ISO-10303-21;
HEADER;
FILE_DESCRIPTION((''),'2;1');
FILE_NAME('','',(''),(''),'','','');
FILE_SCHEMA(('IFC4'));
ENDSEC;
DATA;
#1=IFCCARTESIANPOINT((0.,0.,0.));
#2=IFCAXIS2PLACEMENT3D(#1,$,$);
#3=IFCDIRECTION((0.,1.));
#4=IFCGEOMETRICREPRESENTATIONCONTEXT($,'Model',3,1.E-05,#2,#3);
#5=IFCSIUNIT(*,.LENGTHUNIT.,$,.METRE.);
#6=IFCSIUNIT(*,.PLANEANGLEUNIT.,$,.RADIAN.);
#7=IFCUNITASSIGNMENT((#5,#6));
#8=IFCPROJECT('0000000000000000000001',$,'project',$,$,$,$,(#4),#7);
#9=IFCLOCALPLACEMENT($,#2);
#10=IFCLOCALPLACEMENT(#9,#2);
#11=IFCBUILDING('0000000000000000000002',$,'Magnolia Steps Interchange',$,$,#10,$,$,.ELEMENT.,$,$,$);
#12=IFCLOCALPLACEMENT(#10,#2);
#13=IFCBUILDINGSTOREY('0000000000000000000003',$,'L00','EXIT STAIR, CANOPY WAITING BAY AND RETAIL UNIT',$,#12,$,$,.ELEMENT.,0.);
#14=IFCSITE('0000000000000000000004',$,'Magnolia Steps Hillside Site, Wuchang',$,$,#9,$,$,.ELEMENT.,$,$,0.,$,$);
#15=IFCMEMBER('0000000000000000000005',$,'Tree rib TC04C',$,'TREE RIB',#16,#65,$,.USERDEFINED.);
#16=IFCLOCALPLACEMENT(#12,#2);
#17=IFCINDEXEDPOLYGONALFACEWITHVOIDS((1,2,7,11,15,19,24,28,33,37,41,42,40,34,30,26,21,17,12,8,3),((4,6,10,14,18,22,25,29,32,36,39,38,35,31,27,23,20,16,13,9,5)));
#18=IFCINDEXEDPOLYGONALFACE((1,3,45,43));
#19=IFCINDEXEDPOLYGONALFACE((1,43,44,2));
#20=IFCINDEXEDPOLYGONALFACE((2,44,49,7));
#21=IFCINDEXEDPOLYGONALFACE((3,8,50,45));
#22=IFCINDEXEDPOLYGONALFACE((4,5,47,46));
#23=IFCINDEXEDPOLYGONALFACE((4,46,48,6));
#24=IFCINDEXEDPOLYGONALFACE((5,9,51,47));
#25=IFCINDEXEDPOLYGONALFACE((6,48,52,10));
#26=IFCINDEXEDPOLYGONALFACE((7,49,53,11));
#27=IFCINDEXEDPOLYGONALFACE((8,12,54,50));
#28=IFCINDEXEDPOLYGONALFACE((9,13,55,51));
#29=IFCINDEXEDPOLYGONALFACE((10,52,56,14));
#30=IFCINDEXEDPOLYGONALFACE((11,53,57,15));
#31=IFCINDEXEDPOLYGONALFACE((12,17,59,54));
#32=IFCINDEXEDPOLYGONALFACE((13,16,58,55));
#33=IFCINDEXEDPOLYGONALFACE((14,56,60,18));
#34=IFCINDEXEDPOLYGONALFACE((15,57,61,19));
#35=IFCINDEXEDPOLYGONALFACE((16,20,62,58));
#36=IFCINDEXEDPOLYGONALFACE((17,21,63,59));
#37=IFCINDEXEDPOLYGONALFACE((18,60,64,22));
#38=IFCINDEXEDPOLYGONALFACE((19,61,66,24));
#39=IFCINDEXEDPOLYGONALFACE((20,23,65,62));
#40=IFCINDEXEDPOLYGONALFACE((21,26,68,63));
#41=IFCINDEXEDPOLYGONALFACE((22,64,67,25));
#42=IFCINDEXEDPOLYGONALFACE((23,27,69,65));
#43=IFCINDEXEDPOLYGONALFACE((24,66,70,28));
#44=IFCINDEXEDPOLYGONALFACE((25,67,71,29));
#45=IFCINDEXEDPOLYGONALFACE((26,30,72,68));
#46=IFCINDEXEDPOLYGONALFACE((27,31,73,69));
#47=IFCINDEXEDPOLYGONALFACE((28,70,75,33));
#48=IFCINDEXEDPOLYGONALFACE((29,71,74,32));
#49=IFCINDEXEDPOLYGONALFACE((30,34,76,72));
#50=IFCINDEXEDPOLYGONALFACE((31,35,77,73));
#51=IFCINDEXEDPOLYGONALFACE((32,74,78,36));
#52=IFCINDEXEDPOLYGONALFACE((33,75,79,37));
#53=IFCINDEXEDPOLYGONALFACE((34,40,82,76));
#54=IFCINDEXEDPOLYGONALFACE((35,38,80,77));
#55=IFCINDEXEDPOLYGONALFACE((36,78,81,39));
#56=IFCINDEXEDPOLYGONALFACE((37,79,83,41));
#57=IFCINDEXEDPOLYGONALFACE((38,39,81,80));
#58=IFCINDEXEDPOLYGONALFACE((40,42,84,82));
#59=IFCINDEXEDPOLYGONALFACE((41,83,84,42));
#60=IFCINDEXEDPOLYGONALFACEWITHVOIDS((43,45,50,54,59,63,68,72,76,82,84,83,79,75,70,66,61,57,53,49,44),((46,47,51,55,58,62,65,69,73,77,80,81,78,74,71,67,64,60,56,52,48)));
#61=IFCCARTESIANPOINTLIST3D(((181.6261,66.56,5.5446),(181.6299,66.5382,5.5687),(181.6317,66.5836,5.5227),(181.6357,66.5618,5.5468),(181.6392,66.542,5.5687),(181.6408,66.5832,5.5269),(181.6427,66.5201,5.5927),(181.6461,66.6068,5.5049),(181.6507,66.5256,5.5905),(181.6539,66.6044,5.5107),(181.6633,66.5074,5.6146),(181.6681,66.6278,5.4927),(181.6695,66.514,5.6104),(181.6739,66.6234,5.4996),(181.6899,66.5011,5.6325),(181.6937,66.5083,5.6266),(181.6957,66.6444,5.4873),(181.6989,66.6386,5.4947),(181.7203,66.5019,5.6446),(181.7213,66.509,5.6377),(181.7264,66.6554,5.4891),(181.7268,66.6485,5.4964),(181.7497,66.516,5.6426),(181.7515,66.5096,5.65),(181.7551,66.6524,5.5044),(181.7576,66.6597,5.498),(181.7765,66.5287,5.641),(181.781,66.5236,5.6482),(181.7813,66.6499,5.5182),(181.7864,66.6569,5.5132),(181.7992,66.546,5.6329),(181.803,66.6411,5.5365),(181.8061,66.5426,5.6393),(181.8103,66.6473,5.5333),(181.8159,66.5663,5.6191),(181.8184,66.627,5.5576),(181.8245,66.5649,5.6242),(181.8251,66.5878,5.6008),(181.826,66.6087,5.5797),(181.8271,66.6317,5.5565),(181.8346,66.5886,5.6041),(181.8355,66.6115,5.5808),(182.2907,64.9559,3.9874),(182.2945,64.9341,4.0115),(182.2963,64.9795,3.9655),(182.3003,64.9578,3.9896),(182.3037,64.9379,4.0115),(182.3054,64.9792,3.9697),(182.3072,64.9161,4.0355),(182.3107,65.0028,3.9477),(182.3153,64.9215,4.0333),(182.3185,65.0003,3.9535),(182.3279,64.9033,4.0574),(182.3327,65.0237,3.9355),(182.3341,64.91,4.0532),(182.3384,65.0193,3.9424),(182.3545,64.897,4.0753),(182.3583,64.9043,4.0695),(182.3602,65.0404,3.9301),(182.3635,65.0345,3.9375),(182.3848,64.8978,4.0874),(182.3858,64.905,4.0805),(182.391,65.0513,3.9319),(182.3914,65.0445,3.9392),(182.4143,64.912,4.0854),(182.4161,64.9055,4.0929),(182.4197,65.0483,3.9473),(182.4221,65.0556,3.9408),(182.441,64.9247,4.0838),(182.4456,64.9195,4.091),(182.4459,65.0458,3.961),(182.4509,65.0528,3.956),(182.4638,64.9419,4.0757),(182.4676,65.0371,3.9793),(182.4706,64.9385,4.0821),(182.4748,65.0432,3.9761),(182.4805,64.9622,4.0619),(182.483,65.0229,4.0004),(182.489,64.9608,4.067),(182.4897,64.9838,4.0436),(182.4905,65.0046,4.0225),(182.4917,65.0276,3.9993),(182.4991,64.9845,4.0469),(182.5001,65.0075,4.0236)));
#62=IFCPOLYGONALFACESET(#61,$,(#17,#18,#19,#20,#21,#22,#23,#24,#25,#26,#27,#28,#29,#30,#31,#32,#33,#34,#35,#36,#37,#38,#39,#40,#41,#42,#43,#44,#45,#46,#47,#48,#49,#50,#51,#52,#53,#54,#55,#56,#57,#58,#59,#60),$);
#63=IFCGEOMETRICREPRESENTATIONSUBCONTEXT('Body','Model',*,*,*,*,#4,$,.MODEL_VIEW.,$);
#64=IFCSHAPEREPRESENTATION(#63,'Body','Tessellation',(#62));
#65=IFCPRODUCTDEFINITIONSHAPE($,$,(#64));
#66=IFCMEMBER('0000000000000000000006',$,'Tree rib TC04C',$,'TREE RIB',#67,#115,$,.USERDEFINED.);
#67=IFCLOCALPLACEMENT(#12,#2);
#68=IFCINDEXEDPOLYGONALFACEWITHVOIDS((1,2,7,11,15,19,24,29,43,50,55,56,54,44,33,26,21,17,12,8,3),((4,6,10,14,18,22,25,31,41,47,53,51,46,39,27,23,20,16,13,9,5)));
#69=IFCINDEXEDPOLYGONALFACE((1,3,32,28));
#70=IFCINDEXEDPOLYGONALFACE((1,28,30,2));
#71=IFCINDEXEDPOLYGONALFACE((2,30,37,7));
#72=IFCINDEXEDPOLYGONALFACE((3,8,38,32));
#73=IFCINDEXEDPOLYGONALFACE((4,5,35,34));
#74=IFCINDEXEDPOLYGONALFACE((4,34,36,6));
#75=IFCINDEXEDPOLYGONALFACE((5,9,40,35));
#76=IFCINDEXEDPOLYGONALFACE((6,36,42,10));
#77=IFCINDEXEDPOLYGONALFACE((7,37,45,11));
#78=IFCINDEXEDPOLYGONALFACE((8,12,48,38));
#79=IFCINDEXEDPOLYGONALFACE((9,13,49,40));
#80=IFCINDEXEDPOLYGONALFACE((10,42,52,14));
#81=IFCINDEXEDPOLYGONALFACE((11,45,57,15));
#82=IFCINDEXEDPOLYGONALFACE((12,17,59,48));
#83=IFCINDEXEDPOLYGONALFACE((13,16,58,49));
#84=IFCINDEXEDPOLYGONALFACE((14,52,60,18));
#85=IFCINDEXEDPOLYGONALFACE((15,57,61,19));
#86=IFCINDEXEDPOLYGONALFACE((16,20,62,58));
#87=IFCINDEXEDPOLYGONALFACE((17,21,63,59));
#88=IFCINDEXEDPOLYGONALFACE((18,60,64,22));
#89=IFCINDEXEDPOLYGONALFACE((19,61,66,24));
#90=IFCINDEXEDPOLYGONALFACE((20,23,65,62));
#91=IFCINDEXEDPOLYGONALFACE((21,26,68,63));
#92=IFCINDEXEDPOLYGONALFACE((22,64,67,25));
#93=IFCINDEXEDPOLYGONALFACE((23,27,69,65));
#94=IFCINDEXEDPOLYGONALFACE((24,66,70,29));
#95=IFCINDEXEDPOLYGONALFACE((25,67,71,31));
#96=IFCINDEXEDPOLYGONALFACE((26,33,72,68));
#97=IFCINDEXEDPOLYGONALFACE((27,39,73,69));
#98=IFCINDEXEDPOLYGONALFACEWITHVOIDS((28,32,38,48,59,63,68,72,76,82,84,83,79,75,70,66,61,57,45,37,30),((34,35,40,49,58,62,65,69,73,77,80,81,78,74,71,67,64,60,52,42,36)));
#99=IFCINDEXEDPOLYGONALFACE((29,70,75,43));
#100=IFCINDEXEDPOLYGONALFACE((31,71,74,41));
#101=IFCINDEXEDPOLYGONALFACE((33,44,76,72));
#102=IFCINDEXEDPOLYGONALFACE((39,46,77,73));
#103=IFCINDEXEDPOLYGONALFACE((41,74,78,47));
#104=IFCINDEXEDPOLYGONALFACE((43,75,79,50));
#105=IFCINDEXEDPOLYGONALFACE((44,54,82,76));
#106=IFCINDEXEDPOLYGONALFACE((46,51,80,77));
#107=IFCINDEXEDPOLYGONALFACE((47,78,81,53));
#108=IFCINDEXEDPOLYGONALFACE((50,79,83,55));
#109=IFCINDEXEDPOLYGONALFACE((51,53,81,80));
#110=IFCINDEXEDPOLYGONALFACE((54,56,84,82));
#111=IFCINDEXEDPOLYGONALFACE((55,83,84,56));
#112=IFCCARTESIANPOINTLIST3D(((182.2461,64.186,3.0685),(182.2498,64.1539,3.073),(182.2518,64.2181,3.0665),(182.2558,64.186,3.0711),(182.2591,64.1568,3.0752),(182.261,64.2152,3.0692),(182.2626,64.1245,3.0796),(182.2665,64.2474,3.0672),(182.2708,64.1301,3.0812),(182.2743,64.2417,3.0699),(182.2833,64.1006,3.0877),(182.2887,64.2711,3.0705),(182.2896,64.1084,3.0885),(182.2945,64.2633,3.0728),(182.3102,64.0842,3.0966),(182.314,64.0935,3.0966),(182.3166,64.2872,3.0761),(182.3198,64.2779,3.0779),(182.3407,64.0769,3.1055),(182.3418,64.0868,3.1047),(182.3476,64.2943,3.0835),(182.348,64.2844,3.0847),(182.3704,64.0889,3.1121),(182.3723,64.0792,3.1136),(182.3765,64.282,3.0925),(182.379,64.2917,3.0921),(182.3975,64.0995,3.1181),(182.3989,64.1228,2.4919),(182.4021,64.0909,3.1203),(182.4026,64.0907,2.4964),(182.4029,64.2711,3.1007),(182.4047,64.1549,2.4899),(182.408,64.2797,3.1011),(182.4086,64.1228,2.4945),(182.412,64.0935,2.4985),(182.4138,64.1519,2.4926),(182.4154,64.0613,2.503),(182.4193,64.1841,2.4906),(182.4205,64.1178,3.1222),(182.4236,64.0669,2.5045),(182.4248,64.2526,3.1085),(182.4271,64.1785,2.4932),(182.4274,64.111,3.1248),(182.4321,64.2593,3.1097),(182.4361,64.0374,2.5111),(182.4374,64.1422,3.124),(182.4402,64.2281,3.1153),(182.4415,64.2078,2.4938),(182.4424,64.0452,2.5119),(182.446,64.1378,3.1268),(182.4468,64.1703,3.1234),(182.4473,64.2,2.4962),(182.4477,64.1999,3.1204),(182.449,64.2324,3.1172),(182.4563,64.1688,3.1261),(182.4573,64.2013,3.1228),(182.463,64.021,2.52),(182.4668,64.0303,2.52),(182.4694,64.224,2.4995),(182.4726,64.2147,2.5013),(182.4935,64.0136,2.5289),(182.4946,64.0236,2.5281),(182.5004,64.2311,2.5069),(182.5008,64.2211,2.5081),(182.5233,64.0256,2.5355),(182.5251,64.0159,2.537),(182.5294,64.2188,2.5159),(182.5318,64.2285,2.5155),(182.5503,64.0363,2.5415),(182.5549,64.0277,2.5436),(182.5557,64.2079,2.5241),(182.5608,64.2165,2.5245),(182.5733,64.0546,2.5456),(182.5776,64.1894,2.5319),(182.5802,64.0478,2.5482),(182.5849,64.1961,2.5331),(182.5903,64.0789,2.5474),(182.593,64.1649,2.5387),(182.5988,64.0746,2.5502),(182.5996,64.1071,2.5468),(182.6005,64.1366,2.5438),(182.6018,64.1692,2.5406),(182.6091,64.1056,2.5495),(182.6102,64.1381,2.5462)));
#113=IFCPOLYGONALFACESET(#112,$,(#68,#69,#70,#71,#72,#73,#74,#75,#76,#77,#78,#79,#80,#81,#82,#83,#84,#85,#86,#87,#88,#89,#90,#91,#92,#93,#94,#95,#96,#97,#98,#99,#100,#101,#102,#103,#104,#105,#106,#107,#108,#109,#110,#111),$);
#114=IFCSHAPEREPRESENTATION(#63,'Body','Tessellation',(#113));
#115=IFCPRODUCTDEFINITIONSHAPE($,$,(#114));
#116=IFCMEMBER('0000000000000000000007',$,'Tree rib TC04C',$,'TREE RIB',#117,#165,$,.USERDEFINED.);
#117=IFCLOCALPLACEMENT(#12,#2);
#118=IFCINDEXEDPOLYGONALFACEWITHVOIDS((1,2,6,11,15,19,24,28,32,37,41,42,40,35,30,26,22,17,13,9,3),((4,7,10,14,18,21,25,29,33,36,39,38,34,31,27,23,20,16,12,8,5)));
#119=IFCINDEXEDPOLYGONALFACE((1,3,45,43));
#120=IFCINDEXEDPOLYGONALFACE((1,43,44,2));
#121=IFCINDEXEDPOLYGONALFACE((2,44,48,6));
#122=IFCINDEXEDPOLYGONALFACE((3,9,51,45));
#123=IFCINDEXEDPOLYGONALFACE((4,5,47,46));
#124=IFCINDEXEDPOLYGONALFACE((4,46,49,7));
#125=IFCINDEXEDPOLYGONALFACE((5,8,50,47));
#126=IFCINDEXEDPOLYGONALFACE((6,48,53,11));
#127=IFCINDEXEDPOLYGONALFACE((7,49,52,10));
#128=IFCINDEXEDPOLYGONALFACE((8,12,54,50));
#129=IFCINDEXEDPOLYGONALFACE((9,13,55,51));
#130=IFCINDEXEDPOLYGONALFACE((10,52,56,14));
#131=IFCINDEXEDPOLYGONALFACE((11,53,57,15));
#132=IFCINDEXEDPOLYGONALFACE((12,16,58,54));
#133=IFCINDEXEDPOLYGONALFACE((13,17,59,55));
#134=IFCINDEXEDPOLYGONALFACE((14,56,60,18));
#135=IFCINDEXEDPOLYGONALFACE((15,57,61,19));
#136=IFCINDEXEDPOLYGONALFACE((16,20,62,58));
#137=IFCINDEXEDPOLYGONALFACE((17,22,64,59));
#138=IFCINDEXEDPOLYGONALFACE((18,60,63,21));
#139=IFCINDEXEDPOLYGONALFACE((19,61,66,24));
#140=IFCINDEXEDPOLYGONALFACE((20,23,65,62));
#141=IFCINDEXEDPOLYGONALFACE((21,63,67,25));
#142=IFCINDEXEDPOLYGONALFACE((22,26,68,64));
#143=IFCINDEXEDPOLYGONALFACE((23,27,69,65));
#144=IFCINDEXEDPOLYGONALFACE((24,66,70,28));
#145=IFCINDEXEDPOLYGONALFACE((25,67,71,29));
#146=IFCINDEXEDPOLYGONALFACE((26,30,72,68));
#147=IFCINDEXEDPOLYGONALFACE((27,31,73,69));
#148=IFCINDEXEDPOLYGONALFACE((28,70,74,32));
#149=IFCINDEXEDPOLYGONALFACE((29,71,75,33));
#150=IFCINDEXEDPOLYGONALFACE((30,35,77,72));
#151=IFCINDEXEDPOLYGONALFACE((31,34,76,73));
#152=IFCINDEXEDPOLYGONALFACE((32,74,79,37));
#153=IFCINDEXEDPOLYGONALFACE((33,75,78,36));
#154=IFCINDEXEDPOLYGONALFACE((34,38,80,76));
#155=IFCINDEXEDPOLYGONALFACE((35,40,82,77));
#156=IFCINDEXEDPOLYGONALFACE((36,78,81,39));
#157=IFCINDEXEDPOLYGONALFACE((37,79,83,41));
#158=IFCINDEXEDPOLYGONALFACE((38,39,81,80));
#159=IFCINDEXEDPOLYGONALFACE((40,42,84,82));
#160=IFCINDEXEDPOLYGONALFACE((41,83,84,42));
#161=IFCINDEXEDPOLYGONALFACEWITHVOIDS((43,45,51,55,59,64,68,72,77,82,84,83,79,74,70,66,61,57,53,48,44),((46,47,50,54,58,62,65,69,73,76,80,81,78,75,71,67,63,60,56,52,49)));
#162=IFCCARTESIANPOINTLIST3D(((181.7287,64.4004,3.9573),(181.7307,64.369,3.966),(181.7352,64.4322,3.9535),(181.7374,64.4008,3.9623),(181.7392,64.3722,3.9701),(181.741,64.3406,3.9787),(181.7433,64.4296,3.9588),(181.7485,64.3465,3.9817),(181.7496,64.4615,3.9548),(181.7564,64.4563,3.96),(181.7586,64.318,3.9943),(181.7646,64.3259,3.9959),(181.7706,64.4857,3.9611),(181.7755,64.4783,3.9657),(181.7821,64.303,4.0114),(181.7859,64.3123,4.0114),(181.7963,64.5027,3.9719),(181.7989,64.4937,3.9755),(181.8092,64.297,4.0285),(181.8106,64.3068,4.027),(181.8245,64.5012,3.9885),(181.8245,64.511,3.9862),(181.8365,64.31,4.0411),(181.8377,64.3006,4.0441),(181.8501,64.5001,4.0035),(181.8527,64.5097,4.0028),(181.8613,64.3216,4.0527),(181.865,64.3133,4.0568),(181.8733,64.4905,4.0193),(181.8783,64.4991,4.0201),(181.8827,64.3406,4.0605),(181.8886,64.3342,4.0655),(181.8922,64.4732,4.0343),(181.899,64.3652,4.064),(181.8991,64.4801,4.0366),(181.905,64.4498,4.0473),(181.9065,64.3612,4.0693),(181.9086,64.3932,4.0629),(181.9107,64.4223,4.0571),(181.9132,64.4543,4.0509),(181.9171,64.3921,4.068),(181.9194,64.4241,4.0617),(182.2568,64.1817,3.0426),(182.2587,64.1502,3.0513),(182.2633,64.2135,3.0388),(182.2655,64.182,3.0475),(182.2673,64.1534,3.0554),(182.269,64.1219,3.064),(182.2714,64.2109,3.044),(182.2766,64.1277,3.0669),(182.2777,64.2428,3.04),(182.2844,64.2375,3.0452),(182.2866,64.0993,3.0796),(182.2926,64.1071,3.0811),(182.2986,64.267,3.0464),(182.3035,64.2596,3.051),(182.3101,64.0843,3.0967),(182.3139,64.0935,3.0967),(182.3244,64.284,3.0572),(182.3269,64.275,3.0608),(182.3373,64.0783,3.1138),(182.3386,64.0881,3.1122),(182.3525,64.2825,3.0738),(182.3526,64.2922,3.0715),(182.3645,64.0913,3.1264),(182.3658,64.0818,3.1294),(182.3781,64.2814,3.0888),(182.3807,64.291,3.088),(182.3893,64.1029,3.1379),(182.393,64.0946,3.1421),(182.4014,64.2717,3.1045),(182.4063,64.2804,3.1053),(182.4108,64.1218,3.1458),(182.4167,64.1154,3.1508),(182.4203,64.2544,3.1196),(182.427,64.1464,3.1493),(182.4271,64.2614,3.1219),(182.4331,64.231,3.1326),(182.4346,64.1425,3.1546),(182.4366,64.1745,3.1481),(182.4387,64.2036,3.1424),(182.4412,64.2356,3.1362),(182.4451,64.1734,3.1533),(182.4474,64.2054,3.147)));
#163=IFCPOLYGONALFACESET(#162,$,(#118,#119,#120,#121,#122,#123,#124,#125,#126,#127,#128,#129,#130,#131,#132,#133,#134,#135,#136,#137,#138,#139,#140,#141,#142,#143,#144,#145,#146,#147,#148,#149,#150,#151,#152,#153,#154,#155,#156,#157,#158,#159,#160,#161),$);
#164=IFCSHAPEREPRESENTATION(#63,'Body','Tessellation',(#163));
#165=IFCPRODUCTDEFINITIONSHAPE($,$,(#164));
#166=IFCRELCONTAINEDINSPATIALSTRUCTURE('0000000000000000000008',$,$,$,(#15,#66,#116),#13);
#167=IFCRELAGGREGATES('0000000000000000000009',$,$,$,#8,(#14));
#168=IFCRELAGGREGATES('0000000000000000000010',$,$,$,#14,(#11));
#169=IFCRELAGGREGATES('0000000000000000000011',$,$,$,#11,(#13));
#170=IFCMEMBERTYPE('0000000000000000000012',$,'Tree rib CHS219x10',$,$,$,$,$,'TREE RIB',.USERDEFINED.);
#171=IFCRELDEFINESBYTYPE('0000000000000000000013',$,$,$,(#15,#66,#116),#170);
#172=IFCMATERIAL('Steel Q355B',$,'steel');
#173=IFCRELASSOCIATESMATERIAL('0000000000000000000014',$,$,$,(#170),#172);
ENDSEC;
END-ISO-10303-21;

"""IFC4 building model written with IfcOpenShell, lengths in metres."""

from ifc_helpers import new_model, si_unit, direction, frame, origin, origin_2d, place, context, subcontext, project, spatial, hollow_circle, extrude, material, material_profile, profile_set, type_object, element, save


model = new_model("IFC4")

# Units and contexts
model_context = context("Model", 3, precision=1e-05, world=origin(), true_north=direction((0.0, 1.0)))
body_context = subcontext(model_context, "Body", "Model", "MODEL_VIEW")
ifc_project = project(units=[si_unit("LENGTHUNIT", "METRE"), si_unit("PLANEANGLEUNIT", "RADIAN")], contexts=[model_context])

# Site, building, storey
site_placement = place(None, origin())
site = spatial("IfcSite", under=ifc_project, at=site_placement, Name="Magnolia Steps Hillside Site, Wuchang", CompositionType="ELEMENT", RefElevation=0.0)
building_placement = place(site_placement, origin())
building = spatial("IfcBuilding", under=site, at=building_placement, Name="Magnolia Steps Interchange", CompositionType="ELEMENT")
storey_placement = place(building_placement, origin())
storey = spatial("IfcBuildingStorey", under=building, at=storey_placement, Name="L00", Description="EXIT STAIR, CANOPY WAITING BAY AND RETAIL UNIT", CompositionType="ELEMENT", Elevation=0.0)

# Members
ifc_material_1 = material(Name="Steel Q355B", Category="steel")
ifc_material_profile_1 = material_profile(ifc_material_1, hollow_circle(Radius=0.1096, WallThickness=0.01, at=origin_2d()), Name="CHS219x10")
ifc_profile_set_1 = profile_set([ifc_material_profile_1], Name="Steel Q355B")
member_type = type_object("IfcMemberType", Name="Tree rib CHS219x10", ElementType="TREE RIB", PredefinedType="USERDEFINED", material=ifc_profile_set_1)
member_1_placement = place(storey_placement, frame((182.3958, 64.9761, 4.0115), z_axis=(-0.284947, 0.687767, 0.667668), x_axis=(-0.923849, -0.382757, 0.0)))
element("IfcMember", 1, at=member_1_placement, inside=storey, type_object=member_type, Name="Tree rib TC04C", ObjectType="TREE RIB", PredefinedType="USERDEFINED", context=body_context, shape_type="SweptSolid", body=[
    extrude(hollow_circle(Radius=0.1096, WallThickness=0.01, at=origin_2d()), origin(), (0.0, 0.0, 1.0), 2.3323),
])
member_2_placement = place(storey_placement, frame((182.5049, 64.1223, 2.52), z_axis=(-0.254758, 0.105403, 0.961243), x_axis=(-0.382308, -0.924035, 0.0)))
element("IfcMember", 2, at=member_2_placement, inside=storey, type_object=member_type, Name="Tree rib TC04C", ObjectType="TREE RIB", PredefinedType="USERDEFINED", context=body_context, shape_type="SweptSolid", body=[
    extrude(hollow_circle(Radius=0.1096, WallThickness=0.01, at=origin_2d()), origin(), (0.0, 0.0, 1.0), 0.5999),
])
member_3_placement = place(storey_placement, frame((182.3521, 64.1855, 3.0967), z_axis=(-0.489555, 0.202793, 0.848063), x_axis=(-0.382704, -0.923871, 0.0)))
element("IfcMember", 3, at=member_3_placement, inside=storey, type_object=member_type, Name="Tree rib TC04C", ObjectType="TREE RIB", PredefinedType="USERDEFINED", context=body_context, shape_type="SweptSolid", body=[
    extrude(hollow_circle(Radius=0.1096, WallThickness=0.01, at=origin_2d()), origin(), (0.0, 0.0, 1.0), 1.0786),
])

save(model, "model.ifc")
